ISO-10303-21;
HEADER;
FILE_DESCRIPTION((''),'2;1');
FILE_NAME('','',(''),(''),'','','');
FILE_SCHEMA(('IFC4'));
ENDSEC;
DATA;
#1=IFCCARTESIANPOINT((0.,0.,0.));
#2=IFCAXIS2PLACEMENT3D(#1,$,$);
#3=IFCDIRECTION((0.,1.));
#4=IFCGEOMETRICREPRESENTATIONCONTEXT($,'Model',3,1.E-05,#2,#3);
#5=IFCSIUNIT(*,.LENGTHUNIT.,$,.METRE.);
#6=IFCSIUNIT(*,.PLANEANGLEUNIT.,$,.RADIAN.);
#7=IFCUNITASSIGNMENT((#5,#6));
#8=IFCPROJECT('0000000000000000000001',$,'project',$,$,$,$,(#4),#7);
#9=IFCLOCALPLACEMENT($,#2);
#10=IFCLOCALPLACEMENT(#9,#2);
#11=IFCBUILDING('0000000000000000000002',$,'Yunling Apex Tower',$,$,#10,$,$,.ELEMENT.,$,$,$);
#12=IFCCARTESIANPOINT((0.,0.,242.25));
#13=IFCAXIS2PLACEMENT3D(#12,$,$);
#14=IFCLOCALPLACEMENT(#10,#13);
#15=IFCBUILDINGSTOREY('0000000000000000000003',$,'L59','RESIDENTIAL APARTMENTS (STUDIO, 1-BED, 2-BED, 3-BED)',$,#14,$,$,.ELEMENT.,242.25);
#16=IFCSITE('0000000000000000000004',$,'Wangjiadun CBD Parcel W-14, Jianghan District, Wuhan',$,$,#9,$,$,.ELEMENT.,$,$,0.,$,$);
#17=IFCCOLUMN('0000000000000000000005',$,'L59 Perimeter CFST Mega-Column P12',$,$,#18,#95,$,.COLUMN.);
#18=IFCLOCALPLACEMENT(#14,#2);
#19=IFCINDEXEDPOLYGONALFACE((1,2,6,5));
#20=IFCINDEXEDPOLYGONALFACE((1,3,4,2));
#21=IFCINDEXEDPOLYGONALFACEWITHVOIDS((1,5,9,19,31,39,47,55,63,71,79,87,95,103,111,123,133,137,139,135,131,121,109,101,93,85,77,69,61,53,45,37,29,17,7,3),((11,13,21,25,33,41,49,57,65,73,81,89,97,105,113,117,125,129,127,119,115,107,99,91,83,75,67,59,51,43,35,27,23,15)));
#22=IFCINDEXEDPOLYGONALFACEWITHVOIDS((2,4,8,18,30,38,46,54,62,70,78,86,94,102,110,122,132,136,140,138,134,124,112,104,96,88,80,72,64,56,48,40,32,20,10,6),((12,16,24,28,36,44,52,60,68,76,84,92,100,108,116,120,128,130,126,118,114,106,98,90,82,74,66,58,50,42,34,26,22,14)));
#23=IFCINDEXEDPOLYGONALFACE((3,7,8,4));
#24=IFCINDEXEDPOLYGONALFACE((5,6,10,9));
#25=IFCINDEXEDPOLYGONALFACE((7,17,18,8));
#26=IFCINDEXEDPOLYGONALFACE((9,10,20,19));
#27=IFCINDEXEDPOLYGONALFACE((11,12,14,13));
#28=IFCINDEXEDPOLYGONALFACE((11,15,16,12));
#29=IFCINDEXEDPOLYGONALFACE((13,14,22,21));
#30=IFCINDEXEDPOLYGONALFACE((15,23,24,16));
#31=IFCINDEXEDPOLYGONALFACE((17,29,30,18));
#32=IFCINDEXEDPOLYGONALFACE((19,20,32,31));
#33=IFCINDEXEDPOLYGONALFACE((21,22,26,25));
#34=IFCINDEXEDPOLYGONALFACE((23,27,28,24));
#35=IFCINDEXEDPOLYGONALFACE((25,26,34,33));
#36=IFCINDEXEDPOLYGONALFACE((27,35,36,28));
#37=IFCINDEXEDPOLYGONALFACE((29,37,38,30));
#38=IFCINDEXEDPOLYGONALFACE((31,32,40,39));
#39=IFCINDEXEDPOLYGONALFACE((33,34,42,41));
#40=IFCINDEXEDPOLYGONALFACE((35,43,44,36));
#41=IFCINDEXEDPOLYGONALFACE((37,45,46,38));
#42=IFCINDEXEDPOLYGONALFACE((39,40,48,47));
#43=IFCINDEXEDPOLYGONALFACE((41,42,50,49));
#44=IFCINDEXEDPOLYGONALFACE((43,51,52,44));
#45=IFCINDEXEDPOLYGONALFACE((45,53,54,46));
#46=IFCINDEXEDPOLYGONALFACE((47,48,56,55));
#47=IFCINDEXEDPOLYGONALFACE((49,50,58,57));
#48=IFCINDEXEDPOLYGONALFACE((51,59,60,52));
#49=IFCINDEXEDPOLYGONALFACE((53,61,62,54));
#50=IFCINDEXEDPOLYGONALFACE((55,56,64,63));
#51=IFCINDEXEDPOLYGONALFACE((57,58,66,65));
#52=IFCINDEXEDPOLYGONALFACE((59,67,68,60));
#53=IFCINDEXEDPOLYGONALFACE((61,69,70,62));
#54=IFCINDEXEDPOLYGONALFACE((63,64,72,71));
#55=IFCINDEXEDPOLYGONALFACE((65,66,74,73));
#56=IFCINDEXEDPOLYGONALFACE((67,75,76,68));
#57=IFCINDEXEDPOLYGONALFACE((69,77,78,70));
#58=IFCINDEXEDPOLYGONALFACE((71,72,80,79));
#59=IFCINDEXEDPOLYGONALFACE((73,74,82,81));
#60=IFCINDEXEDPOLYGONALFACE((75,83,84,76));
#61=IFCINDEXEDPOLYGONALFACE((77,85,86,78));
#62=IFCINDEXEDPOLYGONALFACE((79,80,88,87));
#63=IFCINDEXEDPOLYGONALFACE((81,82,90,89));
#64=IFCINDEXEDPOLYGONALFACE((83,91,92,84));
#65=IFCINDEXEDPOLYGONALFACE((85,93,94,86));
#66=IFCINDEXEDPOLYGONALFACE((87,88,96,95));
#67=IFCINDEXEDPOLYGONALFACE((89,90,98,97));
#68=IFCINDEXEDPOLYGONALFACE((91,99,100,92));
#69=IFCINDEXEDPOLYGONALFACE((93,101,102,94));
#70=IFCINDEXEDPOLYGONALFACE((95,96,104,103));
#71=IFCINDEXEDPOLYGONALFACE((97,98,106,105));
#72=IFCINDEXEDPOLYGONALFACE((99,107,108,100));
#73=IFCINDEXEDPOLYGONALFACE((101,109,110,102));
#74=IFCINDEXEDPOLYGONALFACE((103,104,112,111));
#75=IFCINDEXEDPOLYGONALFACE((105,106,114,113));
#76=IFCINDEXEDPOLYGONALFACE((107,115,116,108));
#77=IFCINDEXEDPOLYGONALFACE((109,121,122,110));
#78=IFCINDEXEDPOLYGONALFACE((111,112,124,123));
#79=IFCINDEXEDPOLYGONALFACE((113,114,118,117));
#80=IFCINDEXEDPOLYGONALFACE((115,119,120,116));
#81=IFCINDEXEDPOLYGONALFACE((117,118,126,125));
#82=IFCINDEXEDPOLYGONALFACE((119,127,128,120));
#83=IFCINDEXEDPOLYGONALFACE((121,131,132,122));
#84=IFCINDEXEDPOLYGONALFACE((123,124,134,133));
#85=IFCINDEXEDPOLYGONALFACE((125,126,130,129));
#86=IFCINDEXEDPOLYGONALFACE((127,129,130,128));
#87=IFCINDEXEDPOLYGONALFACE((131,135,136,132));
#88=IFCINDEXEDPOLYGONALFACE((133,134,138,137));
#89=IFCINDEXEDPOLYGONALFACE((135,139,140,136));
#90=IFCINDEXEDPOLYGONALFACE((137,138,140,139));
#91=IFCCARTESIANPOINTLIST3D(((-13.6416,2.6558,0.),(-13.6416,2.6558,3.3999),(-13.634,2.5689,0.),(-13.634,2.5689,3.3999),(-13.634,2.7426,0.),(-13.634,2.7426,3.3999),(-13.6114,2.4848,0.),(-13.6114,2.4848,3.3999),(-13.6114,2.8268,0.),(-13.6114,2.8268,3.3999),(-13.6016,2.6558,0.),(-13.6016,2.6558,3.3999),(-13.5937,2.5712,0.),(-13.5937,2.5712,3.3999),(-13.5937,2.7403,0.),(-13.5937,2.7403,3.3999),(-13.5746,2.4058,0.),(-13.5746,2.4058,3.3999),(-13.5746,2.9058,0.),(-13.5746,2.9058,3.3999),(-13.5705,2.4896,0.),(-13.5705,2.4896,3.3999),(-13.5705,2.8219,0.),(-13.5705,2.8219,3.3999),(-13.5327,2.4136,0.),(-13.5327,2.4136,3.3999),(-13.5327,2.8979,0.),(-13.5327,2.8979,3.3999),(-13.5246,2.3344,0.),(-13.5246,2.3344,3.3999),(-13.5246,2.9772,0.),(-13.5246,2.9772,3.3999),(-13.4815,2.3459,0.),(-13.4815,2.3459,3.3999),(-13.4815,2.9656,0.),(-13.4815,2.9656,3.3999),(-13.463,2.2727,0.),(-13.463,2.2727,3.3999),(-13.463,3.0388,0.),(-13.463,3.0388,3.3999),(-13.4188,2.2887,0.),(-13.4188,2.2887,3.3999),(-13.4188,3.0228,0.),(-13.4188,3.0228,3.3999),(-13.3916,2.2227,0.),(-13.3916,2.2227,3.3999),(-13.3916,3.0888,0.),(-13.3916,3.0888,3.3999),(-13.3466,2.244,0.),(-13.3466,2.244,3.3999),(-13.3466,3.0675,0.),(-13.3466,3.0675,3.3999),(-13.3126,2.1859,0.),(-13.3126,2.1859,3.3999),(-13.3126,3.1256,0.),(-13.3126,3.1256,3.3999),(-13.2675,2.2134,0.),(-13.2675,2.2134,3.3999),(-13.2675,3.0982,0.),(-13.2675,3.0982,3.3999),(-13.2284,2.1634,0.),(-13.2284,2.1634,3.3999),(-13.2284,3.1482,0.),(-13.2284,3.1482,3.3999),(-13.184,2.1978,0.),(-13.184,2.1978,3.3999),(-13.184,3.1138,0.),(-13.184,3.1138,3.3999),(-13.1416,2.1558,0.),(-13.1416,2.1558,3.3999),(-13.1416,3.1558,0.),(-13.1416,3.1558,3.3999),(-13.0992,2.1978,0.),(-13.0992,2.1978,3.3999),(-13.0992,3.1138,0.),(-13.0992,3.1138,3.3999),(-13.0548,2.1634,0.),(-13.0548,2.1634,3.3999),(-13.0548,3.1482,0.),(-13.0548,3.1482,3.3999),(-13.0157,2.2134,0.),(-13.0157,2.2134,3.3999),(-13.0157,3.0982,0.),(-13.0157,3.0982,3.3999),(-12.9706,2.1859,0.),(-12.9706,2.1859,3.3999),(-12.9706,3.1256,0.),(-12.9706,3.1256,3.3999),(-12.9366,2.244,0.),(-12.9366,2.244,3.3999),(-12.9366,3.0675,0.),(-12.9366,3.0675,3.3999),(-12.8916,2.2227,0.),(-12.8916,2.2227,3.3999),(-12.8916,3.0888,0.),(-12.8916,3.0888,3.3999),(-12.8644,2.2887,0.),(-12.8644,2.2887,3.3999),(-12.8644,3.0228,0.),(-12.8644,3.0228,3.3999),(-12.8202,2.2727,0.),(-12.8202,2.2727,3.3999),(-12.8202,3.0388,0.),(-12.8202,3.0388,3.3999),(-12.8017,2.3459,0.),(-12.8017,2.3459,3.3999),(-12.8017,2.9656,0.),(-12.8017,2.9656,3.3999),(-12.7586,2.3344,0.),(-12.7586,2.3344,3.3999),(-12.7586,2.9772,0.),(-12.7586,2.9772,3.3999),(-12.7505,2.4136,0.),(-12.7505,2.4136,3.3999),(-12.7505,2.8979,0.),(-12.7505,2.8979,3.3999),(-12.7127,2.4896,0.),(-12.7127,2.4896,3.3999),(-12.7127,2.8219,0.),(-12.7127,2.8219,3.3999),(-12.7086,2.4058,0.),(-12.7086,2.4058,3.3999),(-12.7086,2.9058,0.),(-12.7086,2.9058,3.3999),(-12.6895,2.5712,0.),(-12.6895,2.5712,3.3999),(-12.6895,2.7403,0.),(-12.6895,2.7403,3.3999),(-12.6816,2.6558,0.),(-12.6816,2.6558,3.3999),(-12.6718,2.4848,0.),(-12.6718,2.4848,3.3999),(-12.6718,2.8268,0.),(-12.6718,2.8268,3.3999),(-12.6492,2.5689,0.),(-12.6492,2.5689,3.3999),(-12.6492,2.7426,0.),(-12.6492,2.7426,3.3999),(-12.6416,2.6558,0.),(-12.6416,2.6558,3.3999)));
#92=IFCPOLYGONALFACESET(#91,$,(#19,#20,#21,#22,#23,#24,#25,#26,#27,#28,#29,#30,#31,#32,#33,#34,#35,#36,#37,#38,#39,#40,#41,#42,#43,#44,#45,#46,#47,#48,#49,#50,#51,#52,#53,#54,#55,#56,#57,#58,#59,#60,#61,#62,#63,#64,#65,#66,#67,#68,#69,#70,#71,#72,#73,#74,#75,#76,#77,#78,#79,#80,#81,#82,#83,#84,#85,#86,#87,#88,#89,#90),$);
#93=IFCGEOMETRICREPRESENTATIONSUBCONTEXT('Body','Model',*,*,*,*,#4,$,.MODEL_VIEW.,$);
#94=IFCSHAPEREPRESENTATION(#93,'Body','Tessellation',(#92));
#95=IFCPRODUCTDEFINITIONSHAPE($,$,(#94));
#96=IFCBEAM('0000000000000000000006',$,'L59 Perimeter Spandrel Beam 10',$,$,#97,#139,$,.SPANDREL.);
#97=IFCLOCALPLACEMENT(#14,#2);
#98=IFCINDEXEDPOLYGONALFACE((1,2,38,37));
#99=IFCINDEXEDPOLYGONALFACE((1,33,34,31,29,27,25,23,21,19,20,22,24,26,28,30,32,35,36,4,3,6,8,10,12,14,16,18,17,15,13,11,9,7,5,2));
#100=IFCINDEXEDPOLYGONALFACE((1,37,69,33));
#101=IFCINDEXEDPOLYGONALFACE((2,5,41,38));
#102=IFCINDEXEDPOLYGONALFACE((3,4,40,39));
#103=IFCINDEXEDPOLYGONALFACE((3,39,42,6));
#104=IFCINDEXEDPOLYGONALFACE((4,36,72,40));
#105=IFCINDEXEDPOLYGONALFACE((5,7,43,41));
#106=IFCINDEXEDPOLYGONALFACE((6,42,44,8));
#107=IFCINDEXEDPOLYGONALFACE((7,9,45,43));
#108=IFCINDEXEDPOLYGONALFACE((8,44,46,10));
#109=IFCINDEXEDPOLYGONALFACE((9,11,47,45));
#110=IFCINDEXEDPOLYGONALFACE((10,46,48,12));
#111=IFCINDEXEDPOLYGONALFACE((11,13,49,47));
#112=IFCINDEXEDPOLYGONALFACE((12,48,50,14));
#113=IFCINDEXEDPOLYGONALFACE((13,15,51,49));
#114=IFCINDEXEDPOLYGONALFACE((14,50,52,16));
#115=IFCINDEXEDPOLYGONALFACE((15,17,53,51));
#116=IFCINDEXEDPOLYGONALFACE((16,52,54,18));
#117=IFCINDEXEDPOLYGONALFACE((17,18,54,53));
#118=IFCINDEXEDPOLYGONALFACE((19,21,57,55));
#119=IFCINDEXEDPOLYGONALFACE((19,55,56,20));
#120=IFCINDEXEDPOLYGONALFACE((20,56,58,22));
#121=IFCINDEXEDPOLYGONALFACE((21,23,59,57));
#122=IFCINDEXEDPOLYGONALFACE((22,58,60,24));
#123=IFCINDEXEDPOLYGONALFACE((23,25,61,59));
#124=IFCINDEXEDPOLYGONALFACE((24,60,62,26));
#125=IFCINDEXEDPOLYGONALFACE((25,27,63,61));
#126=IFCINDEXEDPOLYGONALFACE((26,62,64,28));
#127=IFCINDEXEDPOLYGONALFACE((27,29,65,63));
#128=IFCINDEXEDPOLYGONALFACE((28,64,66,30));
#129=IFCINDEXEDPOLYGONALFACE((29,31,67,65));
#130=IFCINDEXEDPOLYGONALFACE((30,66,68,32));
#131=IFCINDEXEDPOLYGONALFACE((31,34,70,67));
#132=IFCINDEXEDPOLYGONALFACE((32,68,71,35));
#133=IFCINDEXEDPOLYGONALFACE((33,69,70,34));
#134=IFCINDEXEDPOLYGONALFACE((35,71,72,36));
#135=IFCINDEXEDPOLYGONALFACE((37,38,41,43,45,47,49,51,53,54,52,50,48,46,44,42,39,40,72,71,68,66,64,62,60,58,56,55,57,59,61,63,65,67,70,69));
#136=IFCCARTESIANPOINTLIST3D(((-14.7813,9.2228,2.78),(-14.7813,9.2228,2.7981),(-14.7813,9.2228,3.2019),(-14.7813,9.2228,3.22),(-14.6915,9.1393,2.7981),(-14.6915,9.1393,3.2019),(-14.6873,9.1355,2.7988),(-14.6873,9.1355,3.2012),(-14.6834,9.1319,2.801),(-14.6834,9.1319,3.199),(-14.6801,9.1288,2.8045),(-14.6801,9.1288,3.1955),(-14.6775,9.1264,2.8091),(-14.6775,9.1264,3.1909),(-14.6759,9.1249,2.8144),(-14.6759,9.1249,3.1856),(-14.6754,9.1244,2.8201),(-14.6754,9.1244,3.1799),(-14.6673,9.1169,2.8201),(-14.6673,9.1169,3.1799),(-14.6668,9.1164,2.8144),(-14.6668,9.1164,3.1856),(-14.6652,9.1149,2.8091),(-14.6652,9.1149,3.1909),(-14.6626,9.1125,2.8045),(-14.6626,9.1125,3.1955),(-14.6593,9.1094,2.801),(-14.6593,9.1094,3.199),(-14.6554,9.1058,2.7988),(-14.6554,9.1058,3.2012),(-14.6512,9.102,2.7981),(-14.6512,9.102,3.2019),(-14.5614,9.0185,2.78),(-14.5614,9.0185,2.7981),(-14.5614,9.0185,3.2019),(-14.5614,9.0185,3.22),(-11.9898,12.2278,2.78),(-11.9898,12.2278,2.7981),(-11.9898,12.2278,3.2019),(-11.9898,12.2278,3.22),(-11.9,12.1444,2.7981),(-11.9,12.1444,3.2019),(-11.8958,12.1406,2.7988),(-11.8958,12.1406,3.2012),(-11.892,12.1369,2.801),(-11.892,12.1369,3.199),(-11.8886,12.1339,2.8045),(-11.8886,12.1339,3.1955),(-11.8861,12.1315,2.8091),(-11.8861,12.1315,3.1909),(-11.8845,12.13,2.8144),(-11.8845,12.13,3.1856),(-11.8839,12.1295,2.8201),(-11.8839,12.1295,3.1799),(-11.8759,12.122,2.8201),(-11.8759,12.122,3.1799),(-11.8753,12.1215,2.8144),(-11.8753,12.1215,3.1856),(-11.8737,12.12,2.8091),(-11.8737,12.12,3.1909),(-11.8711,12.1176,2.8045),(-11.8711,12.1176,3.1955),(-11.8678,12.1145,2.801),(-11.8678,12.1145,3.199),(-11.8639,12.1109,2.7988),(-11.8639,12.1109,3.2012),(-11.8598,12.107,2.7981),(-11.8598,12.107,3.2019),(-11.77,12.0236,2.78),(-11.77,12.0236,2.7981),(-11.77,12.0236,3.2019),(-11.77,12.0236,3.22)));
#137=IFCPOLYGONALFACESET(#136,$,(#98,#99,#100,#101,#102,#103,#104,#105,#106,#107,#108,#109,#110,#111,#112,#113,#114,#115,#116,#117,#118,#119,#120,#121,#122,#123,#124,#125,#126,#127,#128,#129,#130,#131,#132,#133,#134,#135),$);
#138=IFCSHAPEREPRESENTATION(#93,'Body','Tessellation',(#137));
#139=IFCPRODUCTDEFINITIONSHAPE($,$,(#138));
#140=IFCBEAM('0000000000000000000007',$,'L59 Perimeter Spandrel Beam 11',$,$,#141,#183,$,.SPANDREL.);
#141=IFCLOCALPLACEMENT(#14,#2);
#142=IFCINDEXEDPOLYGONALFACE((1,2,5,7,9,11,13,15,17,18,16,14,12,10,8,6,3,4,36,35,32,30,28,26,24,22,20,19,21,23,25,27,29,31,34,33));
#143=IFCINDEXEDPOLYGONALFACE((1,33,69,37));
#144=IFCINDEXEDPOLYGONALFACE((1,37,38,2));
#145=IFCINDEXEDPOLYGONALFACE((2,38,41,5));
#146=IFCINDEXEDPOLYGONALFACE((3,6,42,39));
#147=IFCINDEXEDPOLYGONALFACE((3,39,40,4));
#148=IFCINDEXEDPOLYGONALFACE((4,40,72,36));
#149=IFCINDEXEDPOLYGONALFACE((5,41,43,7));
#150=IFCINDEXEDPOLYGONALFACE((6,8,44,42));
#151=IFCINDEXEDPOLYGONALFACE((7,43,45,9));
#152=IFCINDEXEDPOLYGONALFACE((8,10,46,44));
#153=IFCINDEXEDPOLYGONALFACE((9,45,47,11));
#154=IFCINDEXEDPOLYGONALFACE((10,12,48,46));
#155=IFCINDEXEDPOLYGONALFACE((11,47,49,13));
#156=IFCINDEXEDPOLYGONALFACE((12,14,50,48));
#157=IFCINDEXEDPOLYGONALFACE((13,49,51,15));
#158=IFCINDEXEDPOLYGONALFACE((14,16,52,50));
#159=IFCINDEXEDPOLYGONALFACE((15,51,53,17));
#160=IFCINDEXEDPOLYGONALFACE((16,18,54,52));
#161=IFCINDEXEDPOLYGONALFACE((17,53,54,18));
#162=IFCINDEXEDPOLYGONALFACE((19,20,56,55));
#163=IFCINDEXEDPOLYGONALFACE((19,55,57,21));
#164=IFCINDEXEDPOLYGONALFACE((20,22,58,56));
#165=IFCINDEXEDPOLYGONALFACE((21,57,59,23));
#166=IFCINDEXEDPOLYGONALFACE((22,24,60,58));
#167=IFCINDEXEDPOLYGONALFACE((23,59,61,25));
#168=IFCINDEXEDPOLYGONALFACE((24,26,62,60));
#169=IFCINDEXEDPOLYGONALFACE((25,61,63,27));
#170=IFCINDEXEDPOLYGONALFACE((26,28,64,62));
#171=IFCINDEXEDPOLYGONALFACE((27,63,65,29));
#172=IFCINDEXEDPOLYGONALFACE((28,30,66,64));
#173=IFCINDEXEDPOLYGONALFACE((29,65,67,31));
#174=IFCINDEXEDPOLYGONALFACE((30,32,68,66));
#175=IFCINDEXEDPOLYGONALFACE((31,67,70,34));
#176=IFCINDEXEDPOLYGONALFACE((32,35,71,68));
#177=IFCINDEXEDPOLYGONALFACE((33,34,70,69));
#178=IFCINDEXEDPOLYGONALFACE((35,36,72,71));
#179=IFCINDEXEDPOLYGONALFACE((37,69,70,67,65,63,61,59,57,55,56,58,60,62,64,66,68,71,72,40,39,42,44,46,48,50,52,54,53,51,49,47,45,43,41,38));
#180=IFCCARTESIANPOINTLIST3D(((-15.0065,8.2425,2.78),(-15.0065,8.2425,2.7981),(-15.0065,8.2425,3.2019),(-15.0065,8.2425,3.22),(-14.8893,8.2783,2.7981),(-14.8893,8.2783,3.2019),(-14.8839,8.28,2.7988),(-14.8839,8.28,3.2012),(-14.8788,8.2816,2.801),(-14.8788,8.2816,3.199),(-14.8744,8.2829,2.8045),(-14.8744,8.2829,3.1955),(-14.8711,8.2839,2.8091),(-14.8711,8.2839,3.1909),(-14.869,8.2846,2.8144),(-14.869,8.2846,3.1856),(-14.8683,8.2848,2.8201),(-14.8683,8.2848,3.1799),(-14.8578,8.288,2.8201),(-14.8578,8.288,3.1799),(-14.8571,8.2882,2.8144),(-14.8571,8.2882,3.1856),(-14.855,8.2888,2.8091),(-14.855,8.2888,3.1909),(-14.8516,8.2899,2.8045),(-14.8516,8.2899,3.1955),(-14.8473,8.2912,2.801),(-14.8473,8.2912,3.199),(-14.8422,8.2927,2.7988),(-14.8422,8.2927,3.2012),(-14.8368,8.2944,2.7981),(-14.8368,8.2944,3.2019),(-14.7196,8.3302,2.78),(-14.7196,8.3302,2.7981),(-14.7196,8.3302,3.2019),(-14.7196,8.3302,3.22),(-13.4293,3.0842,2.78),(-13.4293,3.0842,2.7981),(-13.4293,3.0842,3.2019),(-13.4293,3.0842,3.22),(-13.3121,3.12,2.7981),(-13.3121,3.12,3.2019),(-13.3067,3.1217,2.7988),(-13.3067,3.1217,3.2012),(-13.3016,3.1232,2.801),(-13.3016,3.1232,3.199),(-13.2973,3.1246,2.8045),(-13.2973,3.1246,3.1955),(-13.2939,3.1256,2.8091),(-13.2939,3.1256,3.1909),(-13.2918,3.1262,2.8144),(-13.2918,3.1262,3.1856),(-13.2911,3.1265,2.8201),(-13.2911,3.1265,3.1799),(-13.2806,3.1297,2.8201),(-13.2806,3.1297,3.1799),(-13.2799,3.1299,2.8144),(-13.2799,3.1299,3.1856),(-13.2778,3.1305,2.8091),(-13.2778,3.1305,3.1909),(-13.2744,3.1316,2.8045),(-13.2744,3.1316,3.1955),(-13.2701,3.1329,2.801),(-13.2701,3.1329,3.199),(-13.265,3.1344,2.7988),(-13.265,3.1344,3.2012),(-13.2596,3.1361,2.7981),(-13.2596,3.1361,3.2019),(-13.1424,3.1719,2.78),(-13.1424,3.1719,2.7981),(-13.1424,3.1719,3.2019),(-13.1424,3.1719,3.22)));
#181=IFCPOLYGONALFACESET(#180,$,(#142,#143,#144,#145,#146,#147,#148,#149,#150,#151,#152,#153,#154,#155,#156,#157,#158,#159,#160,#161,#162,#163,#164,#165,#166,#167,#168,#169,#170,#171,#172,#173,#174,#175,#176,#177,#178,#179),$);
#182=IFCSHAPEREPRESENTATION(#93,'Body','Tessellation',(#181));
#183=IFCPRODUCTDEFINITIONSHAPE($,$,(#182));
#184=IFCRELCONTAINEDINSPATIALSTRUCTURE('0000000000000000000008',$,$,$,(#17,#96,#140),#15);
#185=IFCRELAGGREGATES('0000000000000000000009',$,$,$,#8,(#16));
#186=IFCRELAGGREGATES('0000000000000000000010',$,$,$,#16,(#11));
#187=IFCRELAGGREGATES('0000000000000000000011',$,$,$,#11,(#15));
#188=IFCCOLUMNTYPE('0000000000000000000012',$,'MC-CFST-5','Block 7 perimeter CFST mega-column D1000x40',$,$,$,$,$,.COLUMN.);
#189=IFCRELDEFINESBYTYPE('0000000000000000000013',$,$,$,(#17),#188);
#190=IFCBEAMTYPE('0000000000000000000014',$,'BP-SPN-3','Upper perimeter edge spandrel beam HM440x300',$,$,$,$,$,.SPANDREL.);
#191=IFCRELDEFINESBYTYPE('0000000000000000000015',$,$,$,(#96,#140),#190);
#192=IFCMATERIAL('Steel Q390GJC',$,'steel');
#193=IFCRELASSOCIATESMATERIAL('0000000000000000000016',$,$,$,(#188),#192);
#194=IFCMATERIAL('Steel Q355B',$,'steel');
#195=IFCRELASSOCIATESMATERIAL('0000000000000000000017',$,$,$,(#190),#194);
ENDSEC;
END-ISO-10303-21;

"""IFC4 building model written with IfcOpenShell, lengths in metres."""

from ifc_helpers import new_model, si_unit, direction, frame, origin, origin_2d, place, context, subcontext, project, spatial, hollow_circle, i_section, extrude, source, transform, mapped, material, material_profile, profile_set, type_object, element, save


model = new_model("IFC4")

# Units and contexts
model_context = context("Model", 3, precision=1e-05, world=origin(), true_north=direction((0.0, 1.0)))
body_context = subcontext(model_context, "Body", "Model", "MODEL_VIEW")
ifc_project = project(units=[si_unit("LENGTHUNIT", "METRE"), si_unit("PLANEANGLEUNIT", "RADIAN")], contexts=[model_context])

# Site, building, storey
site_placement = place(None, origin())
site = spatial("IfcSite", under=ifc_project, at=site_placement, Name="Wangjiadun CBD Parcel W-14, Jianghan District, Wuhan", CompositionType="ELEMENT", RefElevation=0.0)
building_placement = place(site_placement, origin())
building = spatial("IfcBuilding", under=site, at=building_placement, Name="Yunling Apex Tower", CompositionType="ELEMENT")
storey_placement = place(building_placement, frame((0.0, 0.0, 242.25)))
storey = spatial("IfcBuildingStorey", under=building, at=storey_placement, Name="L59", Description="RESIDENTIAL APARTMENTS (STUDIO, 1-BED, 2-BED, 3-BED)", CompositionType="ELEMENT", Elevation=242.25)

# Column
ifc_material_1 = material(Name="Steel Q390GJC", Category="steel")
ifc_material_profile_1 = material_profile(ifc_material_1, hollow_circle(Radius=0.5, WallThickness=0.04, at=origin_2d()))
ifc_profile_set_1 = profile_set([ifc_material_profile_1], Name="Steel Q390GJC")
column_type = type_object("IfcColumnType", Name="MC-CFST-5", Description="Block 7 perimeter CFST mega-column D1000x40", PredefinedType="COLUMN", material=ifc_profile_set_1)
shared_shape_1 = source(origin(), body_context, "Body", "SweptSolid", [
    extrude(hollow_circle(Radius=0.5, WallThickness=0.04, at=origin_2d()), origin(), (0.0, 0.0, 1.0), 3.3999),
])
for number, where, z_axis, x_axis, name in (
    (1, (-13.1416, 2.6558, 0.0), (0.0, 0.0, 1.0), (1.0, 0.0, 0.0), "L59 Perimeter CFST Mega-Column P12"),
):
    element("IfcColumn", number, at=place(storey_placement, frame(where, z_axis=z_axis, x_axis=x_axis)), inside=storey, type_object=column_type, Name=name, PredefinedType="COLUMN", context=body_context, shape_type="MappedRepresentation", body=[
        mapped(shared_shape_1, transform((0.0, 0.0, 0.0), scale=1.0)),
    ])

# Beams
ifc_material_2 = material(Name="Steel Q355B", Category="steel")
ifc_material_profile_2 = material_profile(ifc_material_2, i_section(OverallWidth=0.3, OverallDepth=0.4399, WebThickness=0.011, FlangeThickness=0.0181, FilletRadius=0.022, at=origin_2d()))
ifc_profile_set_2 = profile_set([ifc_material_profile_2], Name="Steel Q355B")
beam_type_1 = type_object("IfcBeamType", Name="BP-SPN-3", Description="Upper perimeter edge spandrel beam HM440x300", PredefinedType="SPANDREL", material=ifc_profile_set_2)
shared_shape_2 = source(origin(), body_context, "Body", "SweptSolid", [
    extrude(i_section(OverallWidth=0.3, OverallDepth=0.4399, WebThickness=0.011, FlangeThickness=0.0181, FilletRadius=0.022, at=origin_2d()), origin(), (0.0, 0.0, 1.0), 4.1016),
])
beam_1_placement = place(storey_placement, frame((-11.8799, 12.1257, 3.0), z_axis=(-0.680586, -0.732668, 0.0), x_axis=(0.732668, -0.680586, 0.0)))
element("IfcBeam", 2, at=beam_1_placement, inside=storey, type_object=beam_type_1, Name="L59 Perimeter Spandrel Beam 10", PredefinedType="SPANDREL", context=body_context, shape_type="MappedRepresentation", body=[
    mapped(shared_shape_2, transform((0.0, 0.0, 0.0), scale=1.0)),
])
shared_shape_3 = source(origin(), body_context, "Body", "SweptSolid", [
    extrude(i_section(OverallWidth=0.3, OverallDepth=0.4399, WebThickness=0.011, FlangeThickness=0.0181, FilletRadius=0.022, at=origin_2d()), origin(), (0.0, 0.0, 1.0), 5.394),
])
for number, where, z_axis, x_axis, name in (
    (3, (-14.863, 8.2864, 3.0), (0.292393, -0.956298, 0.0), (0.956298, 0.292393, 0.0), "L59 Perimeter Spandrel Beam 11"),
):
    element("IfcBeam", number, at=place(storey_placement, frame(where, z_axis=z_axis, x_axis=x_axis)), inside=storey, type_object=beam_type_1, Name=name, PredefinedType="SPANDREL", context=body_context, shape_type="MappedRepresentation", body=[
        mapped(shared_shape_3, transform((0.0, 0.0, 0.0), scale=1.0)),
    ])

save(model, "model.ifc")
